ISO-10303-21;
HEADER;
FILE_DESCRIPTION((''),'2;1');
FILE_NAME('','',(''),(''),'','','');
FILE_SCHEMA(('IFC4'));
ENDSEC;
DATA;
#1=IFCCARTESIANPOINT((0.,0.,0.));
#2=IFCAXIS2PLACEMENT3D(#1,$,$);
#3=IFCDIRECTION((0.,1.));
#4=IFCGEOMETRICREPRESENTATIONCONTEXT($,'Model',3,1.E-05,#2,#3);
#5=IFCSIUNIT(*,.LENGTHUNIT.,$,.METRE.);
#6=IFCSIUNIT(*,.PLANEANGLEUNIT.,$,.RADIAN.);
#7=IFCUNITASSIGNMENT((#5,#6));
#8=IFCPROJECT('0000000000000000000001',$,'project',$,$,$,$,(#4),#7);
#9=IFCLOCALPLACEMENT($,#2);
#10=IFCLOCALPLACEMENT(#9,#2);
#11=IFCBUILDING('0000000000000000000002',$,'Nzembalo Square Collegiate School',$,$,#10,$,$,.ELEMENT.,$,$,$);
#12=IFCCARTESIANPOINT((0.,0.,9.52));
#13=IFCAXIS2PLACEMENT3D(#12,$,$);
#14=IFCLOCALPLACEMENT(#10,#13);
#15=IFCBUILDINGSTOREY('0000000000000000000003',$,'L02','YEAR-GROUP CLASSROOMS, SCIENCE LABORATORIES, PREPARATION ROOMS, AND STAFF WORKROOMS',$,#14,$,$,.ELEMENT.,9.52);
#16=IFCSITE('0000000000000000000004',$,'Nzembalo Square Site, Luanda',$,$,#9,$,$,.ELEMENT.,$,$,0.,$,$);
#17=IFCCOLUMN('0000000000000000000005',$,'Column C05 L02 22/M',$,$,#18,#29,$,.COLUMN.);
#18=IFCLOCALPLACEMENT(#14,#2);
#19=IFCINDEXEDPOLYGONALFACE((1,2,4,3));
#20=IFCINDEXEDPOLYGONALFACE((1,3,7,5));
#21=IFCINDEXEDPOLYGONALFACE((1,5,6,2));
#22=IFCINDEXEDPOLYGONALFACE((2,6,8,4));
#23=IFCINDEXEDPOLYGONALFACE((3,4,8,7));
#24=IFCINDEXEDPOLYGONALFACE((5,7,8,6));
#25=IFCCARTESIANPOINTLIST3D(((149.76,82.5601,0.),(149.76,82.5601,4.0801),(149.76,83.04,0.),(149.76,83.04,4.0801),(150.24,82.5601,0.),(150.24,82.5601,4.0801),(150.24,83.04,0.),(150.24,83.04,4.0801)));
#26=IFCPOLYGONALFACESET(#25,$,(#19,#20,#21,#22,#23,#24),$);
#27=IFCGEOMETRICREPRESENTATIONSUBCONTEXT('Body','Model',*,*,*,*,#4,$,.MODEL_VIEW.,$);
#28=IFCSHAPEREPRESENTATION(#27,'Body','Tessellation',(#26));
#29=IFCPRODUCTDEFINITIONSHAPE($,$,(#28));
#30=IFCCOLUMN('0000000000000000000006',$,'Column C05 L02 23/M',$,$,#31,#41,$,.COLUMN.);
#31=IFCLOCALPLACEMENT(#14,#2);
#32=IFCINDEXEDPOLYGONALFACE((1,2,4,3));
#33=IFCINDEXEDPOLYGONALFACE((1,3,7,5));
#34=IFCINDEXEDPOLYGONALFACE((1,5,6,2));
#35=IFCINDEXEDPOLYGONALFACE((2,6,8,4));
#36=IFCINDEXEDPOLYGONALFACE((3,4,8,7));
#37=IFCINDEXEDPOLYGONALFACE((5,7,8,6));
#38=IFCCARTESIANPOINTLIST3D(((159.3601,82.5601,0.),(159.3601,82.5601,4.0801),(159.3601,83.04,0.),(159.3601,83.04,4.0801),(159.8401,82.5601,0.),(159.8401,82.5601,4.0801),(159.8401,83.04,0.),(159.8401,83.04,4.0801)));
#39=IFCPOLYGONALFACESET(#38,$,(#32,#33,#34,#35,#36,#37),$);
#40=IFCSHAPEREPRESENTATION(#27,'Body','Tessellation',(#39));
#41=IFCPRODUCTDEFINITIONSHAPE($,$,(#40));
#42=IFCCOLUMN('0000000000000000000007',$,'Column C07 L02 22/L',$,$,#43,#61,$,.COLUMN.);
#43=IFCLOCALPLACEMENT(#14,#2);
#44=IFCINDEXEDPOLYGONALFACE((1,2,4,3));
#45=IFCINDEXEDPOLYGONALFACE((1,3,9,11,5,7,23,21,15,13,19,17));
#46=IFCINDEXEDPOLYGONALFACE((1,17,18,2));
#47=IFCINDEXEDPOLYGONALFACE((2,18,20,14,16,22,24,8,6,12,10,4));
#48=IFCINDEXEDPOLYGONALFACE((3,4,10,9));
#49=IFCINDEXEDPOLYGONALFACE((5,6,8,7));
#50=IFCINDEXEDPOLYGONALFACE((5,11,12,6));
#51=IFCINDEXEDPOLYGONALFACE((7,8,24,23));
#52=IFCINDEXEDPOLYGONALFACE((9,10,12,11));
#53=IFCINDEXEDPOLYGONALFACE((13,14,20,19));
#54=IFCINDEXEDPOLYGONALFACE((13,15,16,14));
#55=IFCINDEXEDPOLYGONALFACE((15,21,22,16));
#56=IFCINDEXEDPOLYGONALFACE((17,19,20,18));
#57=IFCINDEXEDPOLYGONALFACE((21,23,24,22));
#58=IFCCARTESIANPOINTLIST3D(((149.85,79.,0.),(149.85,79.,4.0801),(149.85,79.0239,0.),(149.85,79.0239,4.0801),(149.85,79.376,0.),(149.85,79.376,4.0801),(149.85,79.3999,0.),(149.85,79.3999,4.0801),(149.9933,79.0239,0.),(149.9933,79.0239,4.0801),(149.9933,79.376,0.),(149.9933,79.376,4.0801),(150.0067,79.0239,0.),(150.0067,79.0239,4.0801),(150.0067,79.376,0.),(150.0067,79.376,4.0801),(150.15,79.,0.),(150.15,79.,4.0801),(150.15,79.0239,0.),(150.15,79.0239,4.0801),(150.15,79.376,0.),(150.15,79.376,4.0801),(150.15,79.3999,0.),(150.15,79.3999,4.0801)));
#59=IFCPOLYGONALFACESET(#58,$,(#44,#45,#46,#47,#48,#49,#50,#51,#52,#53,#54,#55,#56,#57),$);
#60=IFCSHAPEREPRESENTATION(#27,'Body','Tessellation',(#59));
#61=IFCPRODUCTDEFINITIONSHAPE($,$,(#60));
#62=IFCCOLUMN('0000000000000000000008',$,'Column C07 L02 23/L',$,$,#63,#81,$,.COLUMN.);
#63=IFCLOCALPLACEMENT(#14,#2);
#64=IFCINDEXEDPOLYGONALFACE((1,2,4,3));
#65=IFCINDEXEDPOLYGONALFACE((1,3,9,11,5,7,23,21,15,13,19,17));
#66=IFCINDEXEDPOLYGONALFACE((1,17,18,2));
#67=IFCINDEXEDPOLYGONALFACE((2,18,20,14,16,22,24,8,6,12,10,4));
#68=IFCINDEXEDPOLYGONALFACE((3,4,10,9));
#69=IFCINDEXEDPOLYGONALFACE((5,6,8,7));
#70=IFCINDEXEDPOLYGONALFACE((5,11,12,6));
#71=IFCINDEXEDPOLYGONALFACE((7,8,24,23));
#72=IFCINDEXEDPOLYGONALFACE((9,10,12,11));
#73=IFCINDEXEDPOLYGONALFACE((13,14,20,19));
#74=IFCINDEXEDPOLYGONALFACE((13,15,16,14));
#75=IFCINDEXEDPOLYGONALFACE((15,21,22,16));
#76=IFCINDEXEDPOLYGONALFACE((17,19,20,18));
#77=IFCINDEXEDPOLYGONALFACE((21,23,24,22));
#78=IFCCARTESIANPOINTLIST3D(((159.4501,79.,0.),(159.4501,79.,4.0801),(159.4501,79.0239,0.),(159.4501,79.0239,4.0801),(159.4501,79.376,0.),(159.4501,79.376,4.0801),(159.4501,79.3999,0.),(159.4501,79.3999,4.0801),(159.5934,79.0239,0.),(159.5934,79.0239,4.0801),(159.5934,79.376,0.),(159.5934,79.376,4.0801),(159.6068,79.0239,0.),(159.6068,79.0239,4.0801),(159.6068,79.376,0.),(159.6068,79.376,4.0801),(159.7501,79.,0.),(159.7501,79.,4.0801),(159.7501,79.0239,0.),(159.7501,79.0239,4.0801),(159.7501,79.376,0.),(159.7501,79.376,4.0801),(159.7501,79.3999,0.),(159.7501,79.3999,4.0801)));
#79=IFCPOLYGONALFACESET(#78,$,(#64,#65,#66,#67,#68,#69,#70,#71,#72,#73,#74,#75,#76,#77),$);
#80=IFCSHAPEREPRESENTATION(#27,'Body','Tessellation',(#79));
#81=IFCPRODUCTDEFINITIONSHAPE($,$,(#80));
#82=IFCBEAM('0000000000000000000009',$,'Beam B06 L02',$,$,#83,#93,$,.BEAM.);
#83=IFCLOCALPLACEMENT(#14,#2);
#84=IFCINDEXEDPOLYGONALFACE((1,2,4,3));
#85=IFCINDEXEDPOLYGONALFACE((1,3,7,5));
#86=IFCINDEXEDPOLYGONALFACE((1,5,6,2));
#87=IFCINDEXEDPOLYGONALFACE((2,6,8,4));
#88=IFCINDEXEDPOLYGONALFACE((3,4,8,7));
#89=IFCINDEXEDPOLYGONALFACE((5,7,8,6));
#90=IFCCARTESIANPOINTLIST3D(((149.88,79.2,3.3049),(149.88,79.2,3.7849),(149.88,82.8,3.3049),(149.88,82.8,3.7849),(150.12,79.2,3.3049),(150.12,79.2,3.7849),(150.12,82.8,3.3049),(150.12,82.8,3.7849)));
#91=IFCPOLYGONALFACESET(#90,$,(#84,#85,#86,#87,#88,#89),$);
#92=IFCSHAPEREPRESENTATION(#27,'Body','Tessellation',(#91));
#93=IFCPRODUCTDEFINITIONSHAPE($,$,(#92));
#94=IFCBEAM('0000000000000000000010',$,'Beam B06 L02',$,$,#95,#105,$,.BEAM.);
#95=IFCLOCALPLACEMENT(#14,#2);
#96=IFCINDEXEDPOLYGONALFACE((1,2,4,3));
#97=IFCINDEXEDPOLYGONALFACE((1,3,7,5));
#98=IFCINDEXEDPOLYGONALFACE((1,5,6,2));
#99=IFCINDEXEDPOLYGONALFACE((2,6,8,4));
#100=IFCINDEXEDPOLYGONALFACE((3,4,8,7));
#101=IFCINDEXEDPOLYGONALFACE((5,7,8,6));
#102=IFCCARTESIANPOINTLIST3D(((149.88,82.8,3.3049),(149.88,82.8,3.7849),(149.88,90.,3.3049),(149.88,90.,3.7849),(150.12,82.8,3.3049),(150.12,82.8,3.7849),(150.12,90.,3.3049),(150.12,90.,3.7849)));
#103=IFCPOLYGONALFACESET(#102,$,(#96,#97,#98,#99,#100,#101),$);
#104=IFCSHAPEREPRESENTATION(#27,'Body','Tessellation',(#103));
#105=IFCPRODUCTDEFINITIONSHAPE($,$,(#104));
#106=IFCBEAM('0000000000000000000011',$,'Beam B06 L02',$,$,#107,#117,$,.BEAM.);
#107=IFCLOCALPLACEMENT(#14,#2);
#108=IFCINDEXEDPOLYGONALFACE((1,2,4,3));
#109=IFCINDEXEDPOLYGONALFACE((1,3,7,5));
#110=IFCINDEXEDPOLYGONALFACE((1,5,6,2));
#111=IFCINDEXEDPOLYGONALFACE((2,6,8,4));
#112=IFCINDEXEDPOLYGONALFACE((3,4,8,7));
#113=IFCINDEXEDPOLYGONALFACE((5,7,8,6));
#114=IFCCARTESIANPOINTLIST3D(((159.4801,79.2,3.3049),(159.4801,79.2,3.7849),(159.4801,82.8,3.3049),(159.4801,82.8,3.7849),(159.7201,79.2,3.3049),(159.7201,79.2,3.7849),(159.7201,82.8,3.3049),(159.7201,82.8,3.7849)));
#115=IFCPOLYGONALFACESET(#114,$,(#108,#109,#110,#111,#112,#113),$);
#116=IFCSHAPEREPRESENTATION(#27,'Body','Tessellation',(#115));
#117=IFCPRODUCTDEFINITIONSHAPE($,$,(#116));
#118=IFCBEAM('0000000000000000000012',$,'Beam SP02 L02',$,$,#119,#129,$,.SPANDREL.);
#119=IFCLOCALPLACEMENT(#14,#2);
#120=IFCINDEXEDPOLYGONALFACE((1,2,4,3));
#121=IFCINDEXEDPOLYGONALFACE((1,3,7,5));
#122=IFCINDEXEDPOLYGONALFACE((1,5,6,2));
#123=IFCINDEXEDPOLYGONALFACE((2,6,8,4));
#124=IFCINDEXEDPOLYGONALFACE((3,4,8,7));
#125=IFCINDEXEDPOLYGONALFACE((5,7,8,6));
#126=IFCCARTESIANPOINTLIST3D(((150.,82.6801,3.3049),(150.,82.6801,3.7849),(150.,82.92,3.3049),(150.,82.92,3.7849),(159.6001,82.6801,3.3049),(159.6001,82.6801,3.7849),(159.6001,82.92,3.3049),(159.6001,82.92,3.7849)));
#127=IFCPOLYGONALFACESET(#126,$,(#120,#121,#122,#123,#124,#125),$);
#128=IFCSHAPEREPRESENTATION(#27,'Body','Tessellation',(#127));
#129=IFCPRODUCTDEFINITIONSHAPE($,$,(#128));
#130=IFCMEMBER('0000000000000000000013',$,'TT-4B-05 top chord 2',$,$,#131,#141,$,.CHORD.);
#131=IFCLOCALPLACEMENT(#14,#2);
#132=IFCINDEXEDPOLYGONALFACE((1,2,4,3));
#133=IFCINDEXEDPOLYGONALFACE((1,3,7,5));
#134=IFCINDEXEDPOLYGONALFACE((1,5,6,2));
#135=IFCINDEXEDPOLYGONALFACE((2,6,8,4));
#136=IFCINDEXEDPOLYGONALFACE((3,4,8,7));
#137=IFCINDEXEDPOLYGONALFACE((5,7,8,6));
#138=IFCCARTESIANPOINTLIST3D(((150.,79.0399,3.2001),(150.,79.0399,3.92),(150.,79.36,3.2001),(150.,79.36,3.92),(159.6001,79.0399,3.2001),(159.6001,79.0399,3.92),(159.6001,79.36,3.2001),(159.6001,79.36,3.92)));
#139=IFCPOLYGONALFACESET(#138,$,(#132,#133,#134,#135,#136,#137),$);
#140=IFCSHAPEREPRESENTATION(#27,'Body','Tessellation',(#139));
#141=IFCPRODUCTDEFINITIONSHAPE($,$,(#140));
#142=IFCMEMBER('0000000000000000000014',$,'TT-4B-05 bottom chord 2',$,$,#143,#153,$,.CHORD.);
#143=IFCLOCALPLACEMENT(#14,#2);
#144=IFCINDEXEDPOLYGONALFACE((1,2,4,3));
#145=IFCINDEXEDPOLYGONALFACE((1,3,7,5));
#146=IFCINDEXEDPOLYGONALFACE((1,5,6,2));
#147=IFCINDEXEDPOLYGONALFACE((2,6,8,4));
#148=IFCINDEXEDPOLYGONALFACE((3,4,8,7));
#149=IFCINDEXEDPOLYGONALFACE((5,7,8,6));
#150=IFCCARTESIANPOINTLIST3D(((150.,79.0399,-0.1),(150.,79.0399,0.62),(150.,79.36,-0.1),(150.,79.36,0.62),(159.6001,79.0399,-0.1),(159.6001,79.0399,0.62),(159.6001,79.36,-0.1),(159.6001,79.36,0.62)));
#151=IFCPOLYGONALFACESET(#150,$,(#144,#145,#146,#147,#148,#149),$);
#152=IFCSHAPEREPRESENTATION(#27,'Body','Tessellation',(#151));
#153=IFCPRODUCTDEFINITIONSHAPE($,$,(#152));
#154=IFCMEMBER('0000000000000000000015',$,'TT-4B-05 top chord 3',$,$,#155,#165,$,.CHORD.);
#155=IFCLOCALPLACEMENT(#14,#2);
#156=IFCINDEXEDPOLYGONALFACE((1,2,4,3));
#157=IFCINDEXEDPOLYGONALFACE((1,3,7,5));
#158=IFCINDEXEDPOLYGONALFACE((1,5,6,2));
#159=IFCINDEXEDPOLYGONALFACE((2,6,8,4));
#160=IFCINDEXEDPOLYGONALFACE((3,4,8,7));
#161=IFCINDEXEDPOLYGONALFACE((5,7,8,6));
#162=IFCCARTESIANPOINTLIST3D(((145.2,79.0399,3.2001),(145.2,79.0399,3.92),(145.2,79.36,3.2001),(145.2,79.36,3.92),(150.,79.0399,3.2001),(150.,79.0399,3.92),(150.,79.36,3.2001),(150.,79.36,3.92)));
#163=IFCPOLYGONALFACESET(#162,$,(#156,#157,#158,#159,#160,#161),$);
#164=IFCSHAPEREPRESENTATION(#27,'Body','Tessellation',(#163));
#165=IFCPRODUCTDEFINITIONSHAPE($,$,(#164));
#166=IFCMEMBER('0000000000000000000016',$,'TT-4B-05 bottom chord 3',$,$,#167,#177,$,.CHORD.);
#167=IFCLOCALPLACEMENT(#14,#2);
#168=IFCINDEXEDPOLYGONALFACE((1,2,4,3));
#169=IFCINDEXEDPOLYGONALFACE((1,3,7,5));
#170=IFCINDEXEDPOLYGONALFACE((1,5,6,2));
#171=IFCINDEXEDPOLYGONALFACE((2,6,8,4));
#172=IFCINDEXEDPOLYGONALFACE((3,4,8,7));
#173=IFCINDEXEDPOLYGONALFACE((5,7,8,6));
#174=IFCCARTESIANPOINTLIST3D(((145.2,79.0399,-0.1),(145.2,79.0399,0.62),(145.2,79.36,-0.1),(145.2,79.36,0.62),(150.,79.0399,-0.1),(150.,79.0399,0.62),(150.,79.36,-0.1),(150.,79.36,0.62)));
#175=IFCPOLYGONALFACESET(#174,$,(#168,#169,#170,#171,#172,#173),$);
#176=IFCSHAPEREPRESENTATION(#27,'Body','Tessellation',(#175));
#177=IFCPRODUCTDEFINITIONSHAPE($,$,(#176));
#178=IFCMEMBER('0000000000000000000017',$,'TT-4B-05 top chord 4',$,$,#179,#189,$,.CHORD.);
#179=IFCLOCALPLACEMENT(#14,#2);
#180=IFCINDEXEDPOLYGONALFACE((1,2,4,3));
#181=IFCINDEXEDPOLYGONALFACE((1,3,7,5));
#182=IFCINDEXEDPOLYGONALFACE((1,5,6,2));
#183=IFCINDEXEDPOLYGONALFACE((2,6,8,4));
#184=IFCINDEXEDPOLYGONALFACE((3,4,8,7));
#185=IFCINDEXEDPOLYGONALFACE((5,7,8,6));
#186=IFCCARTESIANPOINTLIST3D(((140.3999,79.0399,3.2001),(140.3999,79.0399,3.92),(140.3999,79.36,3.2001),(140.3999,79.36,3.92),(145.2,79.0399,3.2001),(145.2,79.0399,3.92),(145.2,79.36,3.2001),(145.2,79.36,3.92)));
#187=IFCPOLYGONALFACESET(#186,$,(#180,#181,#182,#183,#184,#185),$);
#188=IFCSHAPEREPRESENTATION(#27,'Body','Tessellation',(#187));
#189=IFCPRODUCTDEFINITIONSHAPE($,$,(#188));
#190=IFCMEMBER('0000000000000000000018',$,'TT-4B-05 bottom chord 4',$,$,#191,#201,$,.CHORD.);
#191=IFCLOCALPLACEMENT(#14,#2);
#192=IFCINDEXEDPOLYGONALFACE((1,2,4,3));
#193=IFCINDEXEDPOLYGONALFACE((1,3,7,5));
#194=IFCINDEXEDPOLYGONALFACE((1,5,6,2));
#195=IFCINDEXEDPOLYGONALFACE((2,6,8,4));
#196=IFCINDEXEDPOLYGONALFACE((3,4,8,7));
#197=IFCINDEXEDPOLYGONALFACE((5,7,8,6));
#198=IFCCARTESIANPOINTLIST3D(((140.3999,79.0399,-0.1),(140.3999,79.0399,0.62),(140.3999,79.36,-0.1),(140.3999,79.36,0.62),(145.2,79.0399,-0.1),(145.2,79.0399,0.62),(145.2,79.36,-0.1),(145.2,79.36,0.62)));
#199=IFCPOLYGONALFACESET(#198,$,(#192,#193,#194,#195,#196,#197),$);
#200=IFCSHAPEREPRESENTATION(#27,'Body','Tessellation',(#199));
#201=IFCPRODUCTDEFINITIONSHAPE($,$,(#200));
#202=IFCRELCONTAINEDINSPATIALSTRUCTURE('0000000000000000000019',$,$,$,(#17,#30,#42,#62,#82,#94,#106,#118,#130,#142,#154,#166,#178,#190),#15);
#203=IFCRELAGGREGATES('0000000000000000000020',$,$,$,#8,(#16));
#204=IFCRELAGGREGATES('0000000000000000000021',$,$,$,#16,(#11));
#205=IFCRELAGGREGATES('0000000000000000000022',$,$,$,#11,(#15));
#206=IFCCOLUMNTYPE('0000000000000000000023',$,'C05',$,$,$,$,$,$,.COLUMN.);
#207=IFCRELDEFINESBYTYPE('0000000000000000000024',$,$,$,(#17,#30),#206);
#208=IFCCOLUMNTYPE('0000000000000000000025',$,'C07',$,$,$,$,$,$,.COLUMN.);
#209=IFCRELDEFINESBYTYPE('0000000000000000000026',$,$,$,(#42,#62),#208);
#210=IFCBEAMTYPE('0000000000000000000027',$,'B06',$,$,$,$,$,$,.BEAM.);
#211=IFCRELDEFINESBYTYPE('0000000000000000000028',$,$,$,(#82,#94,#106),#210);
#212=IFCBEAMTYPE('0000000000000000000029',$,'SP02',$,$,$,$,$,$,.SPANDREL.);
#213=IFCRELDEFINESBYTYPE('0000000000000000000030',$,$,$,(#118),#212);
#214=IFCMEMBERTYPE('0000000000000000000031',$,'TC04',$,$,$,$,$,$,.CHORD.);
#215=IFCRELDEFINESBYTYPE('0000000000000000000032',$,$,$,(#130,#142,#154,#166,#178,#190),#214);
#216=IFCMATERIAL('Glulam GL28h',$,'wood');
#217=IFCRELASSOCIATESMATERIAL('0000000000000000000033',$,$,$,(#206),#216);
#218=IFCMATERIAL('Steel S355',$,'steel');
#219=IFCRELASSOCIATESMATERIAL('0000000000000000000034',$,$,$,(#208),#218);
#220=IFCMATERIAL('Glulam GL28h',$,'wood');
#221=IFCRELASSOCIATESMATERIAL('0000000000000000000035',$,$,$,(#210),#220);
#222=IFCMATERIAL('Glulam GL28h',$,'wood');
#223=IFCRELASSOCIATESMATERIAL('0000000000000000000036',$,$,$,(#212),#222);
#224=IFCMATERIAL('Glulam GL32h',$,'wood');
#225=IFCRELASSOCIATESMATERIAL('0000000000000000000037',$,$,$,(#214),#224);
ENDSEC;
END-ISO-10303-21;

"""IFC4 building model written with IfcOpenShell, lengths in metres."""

from ifc_helpers import new_model, si_unit, direction, frame, origin, origin_2d, place, context, subcontext, project, spatial, rectangle, i_section, extrude, material, material_profile, profile_set, type_object, element, save


model = new_model("IFC4")

# Units and contexts
model_context = context("Model", 3, precision=1e-05, world=origin(), true_north=direction((0.0, 1.0)))
body_context = subcontext(model_context, "Body", "Model", "MODEL_VIEW")
ifc_project = project(units=[si_unit("LENGTHUNIT", "METRE"), si_unit("PLANEANGLEUNIT", "RADIAN")], contexts=[model_context])

# Site, building, storey
site_placement = place(None, origin())
site = spatial("IfcSite", under=ifc_project, at=site_placement, Name="Nzembalo Square Site, Luanda", CompositionType="ELEMENT", RefElevation=0.0)
building_placement = place(site_placement, origin())
building = spatial("IfcBuilding", under=site, at=building_placement, Name="Nzembalo Square Collegiate School", CompositionType="ELEMENT")
storey_placement = place(building_placement, frame((0.0, 0.0, 9.52)))
storey = spatial("IfcBuildingStorey", under=building, at=storey_placement, Name="L02", Description="YEAR-GROUP CLASSROOMS, SCIENCE LABORATORIES, PREPARATION ROOMS, AND STAFF WORKROOMS", CompositionType="ELEMENT", Elevation=9.52)

# Columns
ifc_material_1 = material(Name="Glulam GL28h", Category="wood")
ifc_material_profile_1 = material_profile(ifc_material_1, rectangle(XDim=0.48, YDim=0.48, at=origin_2d()), Name="GL28h 480x480")
ifc_profile_set_1 = profile_set([ifc_material_profile_1], Name="Glulam GL28h")
column_type_1 = type_object("IfcColumnType", Name="C05", PredefinedType="COLUMN", material=ifc_profile_set_1)
for number, where, z_axis, x_axis, name in (
    (1, (150.0, 82.8, 0.0), (0.0, 0.0, 1.0), (1.0, 0.0, 0.0), "Column C05 L02 22/M"),
    (2, (159.6001, 82.8, 0.0), (0.0, 0.0, 1.0), (1.0, 0.0, 0.0), "Column C05 L02 23/M"),
):
    element("IfcColumn", number, at=place(storey_placement, frame(where, z_axis=z_axis, x_axis=x_axis)), inside=storey, type_object=column_type_1, Name=name, PredefinedType="COLUMN", context=body_context, shape_type="SweptSolid", body=[
        extrude(rectangle(XDim=0.48, YDim=0.48, at=origin_2d()), origin(), (0.0, 0.0, 1.0), 4.0801),
    ])
ifc_material_2 = material(Name="Steel S355", Category="steel")
ifc_material_profile_2 = material_profile(ifc_material_2, i_section(OverallWidth=0.3, OverallDepth=0.3999, WebThickness=0.0134, FlangeThickness=0.0239, at=origin_2d()), Name="HEB 400")
ifc_profile_set_2 = profile_set([ifc_material_profile_2], Name="Steel S355")
column_type_2 = type_object("IfcColumnType", Name="C07", PredefinedType="COLUMN", material=ifc_profile_set_2)
for number, where, z_axis, x_axis, name in (
    (3, (150.0, 79.2, 0.0), (0.0, 0.0, 1.0), (1.0, 0.0, 0.0), "Column C07 L02 22/L"),
    (4, (159.6001, 79.2, 0.0), (0.0, 0.0, 1.0), (1.0, 0.0, 0.0), "Column C07 L02 23/L"),
):
    element("IfcColumn", number, at=place(storey_placement, frame(where, z_axis=z_axis, x_axis=x_axis)), inside=storey, type_object=column_type_2, Name=name, PredefinedType="COLUMN", context=body_context, shape_type="SweptSolid", body=[
        extrude(i_section(OverallWidth=0.3, OverallDepth=0.3999, WebThickness=0.0134, FlangeThickness=0.0239, at=origin_2d()), origin(), (0.0, 0.0, 1.0), 4.0801),
    ])

# Beams
ifc_material_3 = material(Name="Glulam GL28h", Category="wood")
ifc_material_profile_3 = material_profile(ifc_material_3, rectangle(XDim=0.24, YDim=0.48, at=origin_2d()), Name="GL28h 240x480")
ifc_profile_set_3 = profile_set([ifc_material_profile_3], Name="Glulam GL28h")
beam_type_1 = type_object("IfcBeamType", Name="B06", PredefinedType="BEAM", material=ifc_profile_set_3)
beam_1_placement = place(storey_placement, frame((150.0, 79.2, 3.5449), z_axis=(0.0, 1.0, 0.0), x_axis=(-1.0, 0.0, 0.0)))
element("IfcBeam", 5, at=beam_1_placement, inside=storey, type_object=beam_type_1, Name="Beam B06 L02", PredefinedType="BEAM", context=body_context, shape_type="SweptSolid", body=[
    extrude(rectangle(XDim=0.24, YDim=0.48, at=origin_2d()), origin(), (0.0, 0.0, 1.0), 3.6001),
])
beam_2_placement = place(storey_placement, frame((150.0, 82.8, 3.5449), z_axis=(0.0, 1.0, 0.0), x_axis=(-1.0, 0.0, 0.0)))
element("IfcBeam", 6, at=beam_2_placement, inside=storey, type_object=beam_type_1, Name="Beam B06 L02", PredefinedType="BEAM", context=body_context, shape_type="SweptSolid", body=[
    extrude(rectangle(XDim=0.24, YDim=0.48, at=origin_2d()), origin(), (0.0, 0.0, 1.0), 7.2),
])
beam_3_placement = place(storey_placement, frame((159.6001, 79.2, 3.5449), z_axis=(0.0, 1.0, 0.0), x_axis=(-1.0, 0.0, 0.0)))
element("IfcBeam", 7, at=beam_3_placement, inside=storey, type_object=beam_type_1, Name="Beam B06 L02", PredefinedType="BEAM", context=body_context, shape_type="SweptSolid", body=[
    extrude(rectangle(XDim=0.24, YDim=0.48, at=origin_2d()), origin(), (0.0, 0.0, 1.0), 3.6001),
])
ifc_material_4 = material(Name="Glulam GL28h", Category="wood")
ifc_material_profile_4 = material_profile(ifc_material_4, rectangle(XDim=0.24, YDim=0.48, at=origin_2d()), Name="GL28h 240x480")
ifc_profile_set_4 = profile_set([ifc_material_profile_4], Name="Glulam GL28h")
beam_type_2 = type_object("IfcBeamType", Name="SP02", PredefinedType="SPANDREL", material=ifc_profile_set_4)
beam_4_placement = place(storey_placement, frame((150.0, 82.8, 3.5449), z_axis=(1.0, 0.0, 0.0), x_axis=(0.0, 1.0, 0.0)))
element("IfcBeam", 8, at=beam_4_placement, inside=storey, type_object=beam_type_2, Name="Beam SP02 L02", PredefinedType="SPANDREL", context=body_context, shape_type="SweptSolid", body=[
    extrude(rectangle(XDim=0.24, YDim=0.48, at=origin_2d()), origin(), (0.0, 0.0, 1.0), 9.6001),
])

# Members
ifc_material_5 = material(Name="Glulam GL32h", Category="wood")
ifc_material_profile_5 = material_profile(ifc_material_5, rectangle(XDim=0.3201, YDim=0.72, at=origin_2d()), Name="GL32h 320x720")
ifc_profile_set_5 = profile_set([ifc_material_profile_5], Name="Glulam GL32h")
member_type_1 = type_object("IfcMemberType", Name="TC04", PredefinedType="CHORD", material=ifc_profile_set_5)
for number, where, z_axis, x_axis, name in (
    (9, (159.6001, 79.2, 3.5601), (-1.0, 0.0, 0.0), (0.0, -1.0, 0.0), "TT-4B-05 top chord 2"),
    (10, (159.6001, 79.2, 0.26), (-1.0, 0.0, 0.0), (0.0, -1.0, 0.0), "TT-4B-05 bottom chord 2"),
):
    element("IfcMember", number, at=place(storey_placement, frame(where, z_axis=z_axis, x_axis=x_axis)), inside=storey, type_object=member_type_1, Name=name, PredefinedType="CHORD", context=body_context, shape_type="SweptSolid", body=[
        extrude(rectangle(XDim=0.3201, YDim=0.72, at=origin_2d()), origin(), (0.0, 0.0, 1.0), 9.6001),
    ])
for number, where, z_axis, x_axis, name in (
    (11, (150.0, 79.2, 3.5601), (-1.0, 0.0, 0.0), (0.0, -1.0, 0.0), "TT-4B-05 top chord 3"),
    (12, (150.0, 79.2, 0.26), (-1.0, 0.0, 0.0), (0.0, -1.0, 0.0), "TT-4B-05 bottom chord 3"),
    (13, (145.2, 79.2, 3.5601), (-1.0, 0.0, 0.0), (0.0, -1.0, 0.0), "TT-4B-05 top chord 4"),
    (14, (145.2, 79.2, 0.26), (-1.0, 0.0, 0.0), (0.0, -1.0, 0.0), "TT-4B-05 bottom chord 4"),
):
    element("IfcMember", number, at=place(storey_placement, frame(where, z_axis=z_axis, x_axis=x_axis)), inside=storey, type_object=member_type_1, Name=name, PredefinedType="CHORD", context=body_context, shape_type="SweptSolid", body=[
        extrude(rectangle(XDim=0.3201, YDim=0.72, at=origin_2d()), origin(), (0.0, 0.0, 1.0), 4.8),
    ])

save(model, "model.ifc")
